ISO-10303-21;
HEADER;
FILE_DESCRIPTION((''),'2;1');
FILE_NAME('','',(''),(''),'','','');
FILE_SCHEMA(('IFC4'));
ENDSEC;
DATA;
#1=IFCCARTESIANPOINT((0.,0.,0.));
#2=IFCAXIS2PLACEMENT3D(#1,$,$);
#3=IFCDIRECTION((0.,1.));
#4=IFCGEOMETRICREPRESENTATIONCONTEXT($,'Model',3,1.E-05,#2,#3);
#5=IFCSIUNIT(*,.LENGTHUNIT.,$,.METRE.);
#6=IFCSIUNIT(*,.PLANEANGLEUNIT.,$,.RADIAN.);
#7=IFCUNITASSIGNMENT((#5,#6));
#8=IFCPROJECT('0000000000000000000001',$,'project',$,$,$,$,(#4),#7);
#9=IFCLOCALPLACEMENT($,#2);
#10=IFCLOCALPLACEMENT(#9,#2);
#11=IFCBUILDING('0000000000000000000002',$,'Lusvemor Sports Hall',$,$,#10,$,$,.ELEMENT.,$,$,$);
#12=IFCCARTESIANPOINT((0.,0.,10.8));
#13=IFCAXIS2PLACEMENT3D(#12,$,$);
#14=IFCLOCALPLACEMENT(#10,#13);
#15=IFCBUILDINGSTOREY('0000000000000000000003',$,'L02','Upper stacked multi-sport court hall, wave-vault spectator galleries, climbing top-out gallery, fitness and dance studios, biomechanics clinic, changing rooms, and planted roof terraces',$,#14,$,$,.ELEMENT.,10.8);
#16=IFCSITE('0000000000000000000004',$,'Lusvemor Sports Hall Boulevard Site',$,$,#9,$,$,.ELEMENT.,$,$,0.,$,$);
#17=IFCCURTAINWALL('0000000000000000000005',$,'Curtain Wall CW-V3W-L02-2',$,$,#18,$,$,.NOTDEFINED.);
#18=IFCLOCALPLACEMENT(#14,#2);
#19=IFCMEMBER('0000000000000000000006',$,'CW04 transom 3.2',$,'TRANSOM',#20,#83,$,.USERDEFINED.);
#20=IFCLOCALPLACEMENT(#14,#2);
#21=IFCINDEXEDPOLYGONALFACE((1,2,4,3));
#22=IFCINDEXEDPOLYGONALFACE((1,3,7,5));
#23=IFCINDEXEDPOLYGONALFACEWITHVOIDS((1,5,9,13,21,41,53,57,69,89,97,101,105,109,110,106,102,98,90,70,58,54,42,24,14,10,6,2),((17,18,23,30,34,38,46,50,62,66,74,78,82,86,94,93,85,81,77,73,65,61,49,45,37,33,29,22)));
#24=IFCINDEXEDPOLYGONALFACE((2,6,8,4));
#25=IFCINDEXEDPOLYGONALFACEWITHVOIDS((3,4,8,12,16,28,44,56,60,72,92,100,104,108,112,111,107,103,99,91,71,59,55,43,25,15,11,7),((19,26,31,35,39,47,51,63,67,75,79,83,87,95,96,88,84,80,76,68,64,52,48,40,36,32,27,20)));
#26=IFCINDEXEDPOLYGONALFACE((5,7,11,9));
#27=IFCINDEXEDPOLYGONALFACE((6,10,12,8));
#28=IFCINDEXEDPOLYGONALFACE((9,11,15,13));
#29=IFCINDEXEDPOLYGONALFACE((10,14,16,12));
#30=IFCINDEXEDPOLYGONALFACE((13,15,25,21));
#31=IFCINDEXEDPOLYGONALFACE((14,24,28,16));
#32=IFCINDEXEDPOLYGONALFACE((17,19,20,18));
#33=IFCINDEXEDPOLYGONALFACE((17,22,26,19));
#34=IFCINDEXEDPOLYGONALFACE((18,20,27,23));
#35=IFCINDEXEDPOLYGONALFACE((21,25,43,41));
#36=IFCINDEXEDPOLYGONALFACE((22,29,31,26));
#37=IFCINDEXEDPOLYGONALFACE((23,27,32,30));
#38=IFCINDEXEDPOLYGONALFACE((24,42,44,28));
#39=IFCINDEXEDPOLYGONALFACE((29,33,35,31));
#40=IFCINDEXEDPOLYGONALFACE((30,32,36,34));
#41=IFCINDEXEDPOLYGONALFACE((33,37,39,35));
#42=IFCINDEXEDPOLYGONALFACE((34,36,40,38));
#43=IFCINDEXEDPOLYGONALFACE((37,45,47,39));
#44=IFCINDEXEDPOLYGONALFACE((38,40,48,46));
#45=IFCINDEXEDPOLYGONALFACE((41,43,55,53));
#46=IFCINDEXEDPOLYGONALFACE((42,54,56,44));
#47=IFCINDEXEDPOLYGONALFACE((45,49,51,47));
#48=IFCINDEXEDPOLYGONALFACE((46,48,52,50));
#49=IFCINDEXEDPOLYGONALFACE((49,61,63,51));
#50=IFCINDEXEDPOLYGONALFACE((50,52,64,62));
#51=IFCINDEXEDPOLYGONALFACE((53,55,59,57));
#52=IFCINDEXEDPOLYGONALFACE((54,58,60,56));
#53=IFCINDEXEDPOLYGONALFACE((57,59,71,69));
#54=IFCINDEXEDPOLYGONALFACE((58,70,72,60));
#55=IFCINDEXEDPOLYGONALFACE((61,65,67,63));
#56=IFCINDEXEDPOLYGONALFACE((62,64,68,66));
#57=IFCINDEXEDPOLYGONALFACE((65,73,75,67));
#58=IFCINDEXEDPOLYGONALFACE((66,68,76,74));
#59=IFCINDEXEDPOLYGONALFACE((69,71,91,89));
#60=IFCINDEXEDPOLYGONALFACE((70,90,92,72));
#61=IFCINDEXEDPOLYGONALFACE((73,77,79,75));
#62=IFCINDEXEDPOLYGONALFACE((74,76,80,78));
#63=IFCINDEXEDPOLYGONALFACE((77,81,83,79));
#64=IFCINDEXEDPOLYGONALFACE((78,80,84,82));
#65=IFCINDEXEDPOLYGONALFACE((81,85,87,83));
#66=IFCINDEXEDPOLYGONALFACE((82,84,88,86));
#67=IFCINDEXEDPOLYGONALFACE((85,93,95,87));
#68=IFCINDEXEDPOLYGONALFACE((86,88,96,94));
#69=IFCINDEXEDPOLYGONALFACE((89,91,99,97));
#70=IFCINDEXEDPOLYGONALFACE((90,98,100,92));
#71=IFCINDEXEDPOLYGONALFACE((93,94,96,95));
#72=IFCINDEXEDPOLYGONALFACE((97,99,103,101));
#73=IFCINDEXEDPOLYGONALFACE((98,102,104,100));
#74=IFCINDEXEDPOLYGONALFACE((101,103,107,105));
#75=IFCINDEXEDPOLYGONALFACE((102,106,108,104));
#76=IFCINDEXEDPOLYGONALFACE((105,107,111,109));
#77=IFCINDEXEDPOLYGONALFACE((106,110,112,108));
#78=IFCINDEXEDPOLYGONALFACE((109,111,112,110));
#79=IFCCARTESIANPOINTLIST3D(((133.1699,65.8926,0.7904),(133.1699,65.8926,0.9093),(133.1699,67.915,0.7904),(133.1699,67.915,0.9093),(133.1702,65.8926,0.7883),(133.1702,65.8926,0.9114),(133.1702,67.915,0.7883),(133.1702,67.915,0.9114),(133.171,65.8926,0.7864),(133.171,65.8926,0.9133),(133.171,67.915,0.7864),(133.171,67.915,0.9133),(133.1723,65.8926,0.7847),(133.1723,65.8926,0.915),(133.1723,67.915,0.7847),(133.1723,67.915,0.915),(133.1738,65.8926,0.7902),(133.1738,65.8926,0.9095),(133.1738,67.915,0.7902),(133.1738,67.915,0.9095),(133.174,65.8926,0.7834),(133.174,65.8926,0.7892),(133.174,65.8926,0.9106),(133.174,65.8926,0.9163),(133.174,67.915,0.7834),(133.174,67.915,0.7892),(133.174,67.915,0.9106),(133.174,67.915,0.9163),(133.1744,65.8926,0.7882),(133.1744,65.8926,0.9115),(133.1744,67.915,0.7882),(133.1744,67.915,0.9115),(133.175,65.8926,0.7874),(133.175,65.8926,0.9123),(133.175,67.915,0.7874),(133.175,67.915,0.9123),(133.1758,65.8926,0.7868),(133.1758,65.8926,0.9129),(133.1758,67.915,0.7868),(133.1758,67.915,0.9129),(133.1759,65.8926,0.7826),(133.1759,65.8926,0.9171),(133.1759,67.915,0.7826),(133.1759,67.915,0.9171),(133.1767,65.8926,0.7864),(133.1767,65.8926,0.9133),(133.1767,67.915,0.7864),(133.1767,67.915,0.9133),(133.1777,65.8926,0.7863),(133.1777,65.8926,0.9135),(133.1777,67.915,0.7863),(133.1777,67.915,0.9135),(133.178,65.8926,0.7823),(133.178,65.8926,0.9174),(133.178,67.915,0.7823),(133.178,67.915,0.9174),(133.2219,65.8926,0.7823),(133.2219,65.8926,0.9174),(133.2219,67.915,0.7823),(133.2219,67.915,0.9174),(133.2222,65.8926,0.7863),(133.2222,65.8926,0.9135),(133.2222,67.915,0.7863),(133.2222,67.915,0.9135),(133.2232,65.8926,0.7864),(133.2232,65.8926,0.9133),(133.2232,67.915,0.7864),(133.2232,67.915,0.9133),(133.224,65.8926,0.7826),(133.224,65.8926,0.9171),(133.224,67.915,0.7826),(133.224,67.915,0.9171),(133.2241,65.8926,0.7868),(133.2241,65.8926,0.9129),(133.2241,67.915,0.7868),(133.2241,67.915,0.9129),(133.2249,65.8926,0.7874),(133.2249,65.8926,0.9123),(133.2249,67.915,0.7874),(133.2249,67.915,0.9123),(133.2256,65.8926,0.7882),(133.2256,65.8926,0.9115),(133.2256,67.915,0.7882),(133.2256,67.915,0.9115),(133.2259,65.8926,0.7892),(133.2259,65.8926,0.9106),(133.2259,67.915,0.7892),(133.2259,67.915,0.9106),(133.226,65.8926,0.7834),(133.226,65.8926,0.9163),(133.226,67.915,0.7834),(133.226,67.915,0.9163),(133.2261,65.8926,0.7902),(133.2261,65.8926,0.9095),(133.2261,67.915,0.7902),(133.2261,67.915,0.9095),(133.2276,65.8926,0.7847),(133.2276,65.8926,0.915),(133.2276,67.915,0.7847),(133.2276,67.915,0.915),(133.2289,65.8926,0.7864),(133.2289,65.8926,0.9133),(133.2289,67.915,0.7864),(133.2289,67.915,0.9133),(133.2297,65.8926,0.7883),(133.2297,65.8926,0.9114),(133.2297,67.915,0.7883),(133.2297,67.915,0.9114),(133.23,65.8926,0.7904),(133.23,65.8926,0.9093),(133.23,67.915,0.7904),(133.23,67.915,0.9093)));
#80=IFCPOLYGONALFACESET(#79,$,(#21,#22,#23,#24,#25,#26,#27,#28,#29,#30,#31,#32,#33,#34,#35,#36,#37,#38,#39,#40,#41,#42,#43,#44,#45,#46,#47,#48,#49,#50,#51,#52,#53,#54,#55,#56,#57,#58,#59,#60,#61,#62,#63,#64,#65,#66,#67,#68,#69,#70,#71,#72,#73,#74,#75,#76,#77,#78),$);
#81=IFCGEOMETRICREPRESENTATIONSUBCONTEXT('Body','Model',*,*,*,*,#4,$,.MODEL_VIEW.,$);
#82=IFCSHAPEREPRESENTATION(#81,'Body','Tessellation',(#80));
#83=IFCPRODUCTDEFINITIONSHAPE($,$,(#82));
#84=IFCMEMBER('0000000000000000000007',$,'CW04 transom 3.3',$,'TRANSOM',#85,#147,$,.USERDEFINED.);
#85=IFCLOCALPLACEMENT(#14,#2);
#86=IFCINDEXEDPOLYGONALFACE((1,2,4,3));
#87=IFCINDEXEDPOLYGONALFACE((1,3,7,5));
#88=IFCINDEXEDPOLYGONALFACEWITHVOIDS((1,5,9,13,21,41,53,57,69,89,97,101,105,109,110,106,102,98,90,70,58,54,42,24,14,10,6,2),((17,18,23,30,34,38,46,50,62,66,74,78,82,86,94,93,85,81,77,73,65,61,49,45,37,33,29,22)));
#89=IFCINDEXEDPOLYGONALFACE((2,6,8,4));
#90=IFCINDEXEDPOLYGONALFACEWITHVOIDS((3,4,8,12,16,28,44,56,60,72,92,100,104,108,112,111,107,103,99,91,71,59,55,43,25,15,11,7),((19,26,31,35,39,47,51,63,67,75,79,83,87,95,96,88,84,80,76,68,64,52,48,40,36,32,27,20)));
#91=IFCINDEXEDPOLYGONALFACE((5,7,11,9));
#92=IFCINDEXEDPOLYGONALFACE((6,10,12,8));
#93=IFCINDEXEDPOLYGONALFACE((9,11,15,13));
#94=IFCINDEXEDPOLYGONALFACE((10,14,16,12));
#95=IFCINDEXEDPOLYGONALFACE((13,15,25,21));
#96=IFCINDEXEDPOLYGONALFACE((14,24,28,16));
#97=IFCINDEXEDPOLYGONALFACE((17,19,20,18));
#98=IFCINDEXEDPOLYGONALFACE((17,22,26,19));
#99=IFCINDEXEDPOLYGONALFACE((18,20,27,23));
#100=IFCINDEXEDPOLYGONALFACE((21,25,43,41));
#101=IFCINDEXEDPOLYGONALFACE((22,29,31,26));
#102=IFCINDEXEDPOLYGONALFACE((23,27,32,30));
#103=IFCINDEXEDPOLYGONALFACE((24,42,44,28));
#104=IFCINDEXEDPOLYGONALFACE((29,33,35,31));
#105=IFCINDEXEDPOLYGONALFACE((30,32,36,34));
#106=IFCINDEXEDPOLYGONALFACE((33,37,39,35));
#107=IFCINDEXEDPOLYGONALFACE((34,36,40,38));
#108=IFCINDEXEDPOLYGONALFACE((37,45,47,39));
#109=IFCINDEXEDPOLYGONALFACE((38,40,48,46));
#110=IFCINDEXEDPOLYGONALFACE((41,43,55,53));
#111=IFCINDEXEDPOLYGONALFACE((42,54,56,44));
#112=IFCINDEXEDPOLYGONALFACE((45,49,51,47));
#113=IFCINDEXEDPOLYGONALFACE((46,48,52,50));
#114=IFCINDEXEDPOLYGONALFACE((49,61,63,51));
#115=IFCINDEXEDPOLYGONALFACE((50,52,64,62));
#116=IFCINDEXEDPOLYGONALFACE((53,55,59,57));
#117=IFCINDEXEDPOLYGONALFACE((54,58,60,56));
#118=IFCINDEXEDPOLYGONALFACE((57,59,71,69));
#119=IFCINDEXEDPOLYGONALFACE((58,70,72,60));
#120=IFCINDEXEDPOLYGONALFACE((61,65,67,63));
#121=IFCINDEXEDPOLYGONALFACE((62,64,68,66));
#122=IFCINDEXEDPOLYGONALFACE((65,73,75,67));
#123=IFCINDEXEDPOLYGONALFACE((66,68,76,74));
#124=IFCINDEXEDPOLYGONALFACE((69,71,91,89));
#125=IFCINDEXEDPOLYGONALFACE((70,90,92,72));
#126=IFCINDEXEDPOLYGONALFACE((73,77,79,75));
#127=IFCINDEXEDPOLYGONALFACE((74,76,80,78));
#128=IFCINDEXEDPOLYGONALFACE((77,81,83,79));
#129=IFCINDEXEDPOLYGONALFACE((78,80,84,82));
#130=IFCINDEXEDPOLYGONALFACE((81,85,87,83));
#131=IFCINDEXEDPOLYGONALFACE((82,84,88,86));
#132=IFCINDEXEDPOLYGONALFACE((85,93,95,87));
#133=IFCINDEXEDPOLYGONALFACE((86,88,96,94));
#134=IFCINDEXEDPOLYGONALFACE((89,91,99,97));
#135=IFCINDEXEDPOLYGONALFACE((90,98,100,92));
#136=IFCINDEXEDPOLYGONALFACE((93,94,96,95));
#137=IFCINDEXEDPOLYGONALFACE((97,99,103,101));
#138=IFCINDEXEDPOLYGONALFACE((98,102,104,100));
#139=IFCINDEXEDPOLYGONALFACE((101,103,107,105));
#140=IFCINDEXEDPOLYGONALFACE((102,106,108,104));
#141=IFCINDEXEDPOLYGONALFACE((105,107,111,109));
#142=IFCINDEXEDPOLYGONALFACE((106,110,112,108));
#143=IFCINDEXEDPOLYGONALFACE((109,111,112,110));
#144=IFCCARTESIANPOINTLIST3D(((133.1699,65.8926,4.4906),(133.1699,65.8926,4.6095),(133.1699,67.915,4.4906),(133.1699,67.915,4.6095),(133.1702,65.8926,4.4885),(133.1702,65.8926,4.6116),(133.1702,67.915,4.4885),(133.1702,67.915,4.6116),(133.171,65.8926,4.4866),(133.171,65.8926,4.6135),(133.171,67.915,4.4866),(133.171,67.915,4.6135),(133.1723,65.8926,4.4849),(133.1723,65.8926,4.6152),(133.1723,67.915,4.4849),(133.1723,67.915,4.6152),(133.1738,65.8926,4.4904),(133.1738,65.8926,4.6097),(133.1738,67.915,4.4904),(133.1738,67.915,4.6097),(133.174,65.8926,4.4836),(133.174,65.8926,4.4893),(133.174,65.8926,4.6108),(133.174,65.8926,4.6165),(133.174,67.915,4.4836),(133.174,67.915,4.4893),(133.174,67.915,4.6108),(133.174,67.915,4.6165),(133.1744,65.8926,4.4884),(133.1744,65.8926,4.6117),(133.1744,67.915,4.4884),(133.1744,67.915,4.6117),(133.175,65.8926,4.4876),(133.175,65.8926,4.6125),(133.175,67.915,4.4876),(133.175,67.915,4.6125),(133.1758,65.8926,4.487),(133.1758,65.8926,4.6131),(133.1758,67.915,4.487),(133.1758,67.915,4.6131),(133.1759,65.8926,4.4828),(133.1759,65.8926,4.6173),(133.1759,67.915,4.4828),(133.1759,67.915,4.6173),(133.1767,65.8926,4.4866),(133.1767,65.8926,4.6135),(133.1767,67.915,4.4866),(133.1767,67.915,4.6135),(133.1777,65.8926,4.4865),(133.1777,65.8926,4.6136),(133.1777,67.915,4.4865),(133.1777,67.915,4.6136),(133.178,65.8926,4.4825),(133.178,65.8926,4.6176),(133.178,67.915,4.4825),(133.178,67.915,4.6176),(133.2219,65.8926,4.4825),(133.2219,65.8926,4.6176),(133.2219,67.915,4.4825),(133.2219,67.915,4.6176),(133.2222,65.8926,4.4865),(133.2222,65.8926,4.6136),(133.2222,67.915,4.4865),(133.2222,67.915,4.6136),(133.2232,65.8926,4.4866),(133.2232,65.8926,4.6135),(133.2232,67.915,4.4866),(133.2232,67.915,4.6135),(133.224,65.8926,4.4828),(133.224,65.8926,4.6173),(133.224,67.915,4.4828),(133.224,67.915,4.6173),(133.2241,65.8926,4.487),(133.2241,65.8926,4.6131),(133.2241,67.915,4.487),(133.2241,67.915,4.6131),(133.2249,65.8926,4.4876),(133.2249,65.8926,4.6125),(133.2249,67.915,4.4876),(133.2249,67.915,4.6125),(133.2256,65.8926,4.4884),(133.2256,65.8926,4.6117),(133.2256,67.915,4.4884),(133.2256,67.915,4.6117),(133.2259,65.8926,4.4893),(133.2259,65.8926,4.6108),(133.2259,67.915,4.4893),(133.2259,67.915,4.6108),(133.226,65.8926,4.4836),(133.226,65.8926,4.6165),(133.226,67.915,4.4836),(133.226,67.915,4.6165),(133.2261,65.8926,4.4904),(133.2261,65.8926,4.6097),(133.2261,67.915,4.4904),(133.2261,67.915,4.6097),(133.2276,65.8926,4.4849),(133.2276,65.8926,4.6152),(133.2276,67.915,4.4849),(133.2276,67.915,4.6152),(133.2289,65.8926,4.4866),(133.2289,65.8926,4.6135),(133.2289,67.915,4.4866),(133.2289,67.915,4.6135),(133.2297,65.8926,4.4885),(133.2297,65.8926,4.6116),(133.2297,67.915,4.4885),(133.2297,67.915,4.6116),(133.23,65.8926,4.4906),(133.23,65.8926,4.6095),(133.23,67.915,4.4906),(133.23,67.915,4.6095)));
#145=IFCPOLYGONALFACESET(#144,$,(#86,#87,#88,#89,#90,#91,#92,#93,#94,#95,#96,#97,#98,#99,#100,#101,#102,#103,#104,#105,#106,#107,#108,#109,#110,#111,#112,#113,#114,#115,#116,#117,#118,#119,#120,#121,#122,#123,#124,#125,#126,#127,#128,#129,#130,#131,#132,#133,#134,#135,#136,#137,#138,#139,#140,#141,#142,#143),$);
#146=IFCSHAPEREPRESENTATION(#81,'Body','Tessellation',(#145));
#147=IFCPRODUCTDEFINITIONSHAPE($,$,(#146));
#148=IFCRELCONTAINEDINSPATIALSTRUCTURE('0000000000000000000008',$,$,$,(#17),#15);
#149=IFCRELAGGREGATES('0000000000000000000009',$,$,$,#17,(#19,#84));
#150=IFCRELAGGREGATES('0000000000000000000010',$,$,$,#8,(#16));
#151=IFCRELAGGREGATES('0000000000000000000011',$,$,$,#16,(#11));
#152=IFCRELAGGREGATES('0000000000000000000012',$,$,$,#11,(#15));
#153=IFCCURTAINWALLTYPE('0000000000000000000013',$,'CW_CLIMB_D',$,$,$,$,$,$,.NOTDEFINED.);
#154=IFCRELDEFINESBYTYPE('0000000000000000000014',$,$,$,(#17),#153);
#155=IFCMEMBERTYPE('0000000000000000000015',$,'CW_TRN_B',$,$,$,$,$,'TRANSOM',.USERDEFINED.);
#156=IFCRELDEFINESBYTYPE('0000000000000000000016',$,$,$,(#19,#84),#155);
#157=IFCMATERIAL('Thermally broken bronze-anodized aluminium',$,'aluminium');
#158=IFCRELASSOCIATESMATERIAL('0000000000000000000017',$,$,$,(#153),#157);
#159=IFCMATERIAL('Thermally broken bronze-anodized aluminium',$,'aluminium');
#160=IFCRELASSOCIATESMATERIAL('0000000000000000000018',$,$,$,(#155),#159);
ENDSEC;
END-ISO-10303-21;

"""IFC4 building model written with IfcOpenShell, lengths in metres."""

from ifc_helpers import new_model, si_unit, direction, frame, origin, origin_2d, place, context, subcontext, project, spatial, hollow_rectangle, extrude, material, material_profile, profile_set, type_object, element, aggregate, save


model = new_model("IFC4")

# Units and contexts
model_context = context("Model", 3, precision=1e-05, world=origin(), true_north=direction((0.0, 1.0)))
body_context = subcontext(model_context, "Body", "Model", "MODEL_VIEW")
ifc_project = project(units=[si_unit("LENGTHUNIT", "METRE"), si_unit("PLANEANGLEUNIT", "RADIAN")], contexts=[model_context])

# Site, building, storey
site_placement = place(None, origin())
site = spatial("IfcSite", under=ifc_project, at=site_placement, Name="Lusvemor Sports Hall Boulevard Site", CompositionType="ELEMENT", RefElevation=0.0)
building_placement = place(site_placement, origin())
building = spatial("IfcBuilding", under=site, at=building_placement, Name="Lusvemor Sports Hall", CompositionType="ELEMENT")
storey_placement = place(building_placement, frame((0.0, 0.0, 10.8)))
storey = spatial("IfcBuildingStorey", under=building, at=storey_placement, Name="L02", Description="Upper stacked multi-sport court hall, wave-vault spectator galleries, climbing top-out gallery, fitness and dance studios, biomechanics clinic, changing rooms, and planted roof terraces", CompositionType="ELEMENT", Elevation=10.8)

# Curtain wall, members
ifc_material_1 = material(Name="Thermally broken bronze-anodized aluminium", Category="aluminium")
curtain_wall_type = type_object("IfcCurtainWallType", Name="CW_CLIMB_D", PredefinedType="NOTDEFINED", material=ifc_material_1)
curtain_wall_placement = place(storey_placement, origin())
curtain_wall = element("IfcCurtainWall", 1, at=curtain_wall_placement, inside=storey, type_object=curtain_wall_type, Name="Curtain Wall CW-V3W-L02-2", PredefinedType="NOTDEFINED")
ifc_material_2 = material(Name="Thermally broken bronze-anodized aluminium", Category="aluminium")
ifc_material_profile_1 = material_profile(ifc_material_2, hollow_rectangle(XDim=0.0601, YDim=0.135, WallThickness=0.0039, InnerFilletRadius=0.0039, OuterFilletRadius=0.0081, at=origin_2d()), Name="CWTRN135x60x4")
ifc_profile_set_1 = profile_set([ifc_material_profile_1], Name="Thermally broken bronze-anodized aluminium")
member_type_1 = type_object("IfcMemberType", Name="CW_TRN_B", ElementType="TRANSOM", PredefinedType="USERDEFINED", material=ifc_profile_set_1)
member_1_placement = place(storey_placement, frame((133.2, 65.8926, 0.8499), z_axis=(0.0, 1.0, 0.0), x_axis=(-1.0, 0.0, 0.0)))
member_1 = element("IfcMember", 2, at=member_1_placement, type_object=member_type_1, Name="CW04 transom 3.2", ObjectType="TRANSOM", PredefinedType="USERDEFINED", context=body_context, shape_type="SweptSolid", body=[
    extrude(hollow_rectangle(XDim=0.0601, YDim=0.135, WallThickness=0.0039, InnerFilletRadius=0.0039, OuterFilletRadius=0.0081, at=origin_2d()), origin(), (0.0, 0.0, 1.0), 2.0225),
])
member_2_placement = place(storey_placement, frame((133.2, 65.8926, 4.55), z_axis=(0.0, 1.0, 0.0), x_axis=(-1.0, 0.0, 0.0)))
member_2 = element("IfcMember", 3, at=member_2_placement, type_object=member_type_1, Name="CW04 transom 3.3", ObjectType="TRANSOM", PredefinedType="USERDEFINED", context=body_context, shape_type="SweptSolid", body=[
    extrude(hollow_rectangle(XDim=0.0601, YDim=0.135, WallThickness=0.0039, InnerFilletRadius=0.0039, OuterFilletRadius=0.0081, at=origin_2d()), origin(), (0.0, 0.0, 1.0), 2.0225),
])

aggregate(curtain_wall, [member_1, member_2])

save(model, "model.ifc")
